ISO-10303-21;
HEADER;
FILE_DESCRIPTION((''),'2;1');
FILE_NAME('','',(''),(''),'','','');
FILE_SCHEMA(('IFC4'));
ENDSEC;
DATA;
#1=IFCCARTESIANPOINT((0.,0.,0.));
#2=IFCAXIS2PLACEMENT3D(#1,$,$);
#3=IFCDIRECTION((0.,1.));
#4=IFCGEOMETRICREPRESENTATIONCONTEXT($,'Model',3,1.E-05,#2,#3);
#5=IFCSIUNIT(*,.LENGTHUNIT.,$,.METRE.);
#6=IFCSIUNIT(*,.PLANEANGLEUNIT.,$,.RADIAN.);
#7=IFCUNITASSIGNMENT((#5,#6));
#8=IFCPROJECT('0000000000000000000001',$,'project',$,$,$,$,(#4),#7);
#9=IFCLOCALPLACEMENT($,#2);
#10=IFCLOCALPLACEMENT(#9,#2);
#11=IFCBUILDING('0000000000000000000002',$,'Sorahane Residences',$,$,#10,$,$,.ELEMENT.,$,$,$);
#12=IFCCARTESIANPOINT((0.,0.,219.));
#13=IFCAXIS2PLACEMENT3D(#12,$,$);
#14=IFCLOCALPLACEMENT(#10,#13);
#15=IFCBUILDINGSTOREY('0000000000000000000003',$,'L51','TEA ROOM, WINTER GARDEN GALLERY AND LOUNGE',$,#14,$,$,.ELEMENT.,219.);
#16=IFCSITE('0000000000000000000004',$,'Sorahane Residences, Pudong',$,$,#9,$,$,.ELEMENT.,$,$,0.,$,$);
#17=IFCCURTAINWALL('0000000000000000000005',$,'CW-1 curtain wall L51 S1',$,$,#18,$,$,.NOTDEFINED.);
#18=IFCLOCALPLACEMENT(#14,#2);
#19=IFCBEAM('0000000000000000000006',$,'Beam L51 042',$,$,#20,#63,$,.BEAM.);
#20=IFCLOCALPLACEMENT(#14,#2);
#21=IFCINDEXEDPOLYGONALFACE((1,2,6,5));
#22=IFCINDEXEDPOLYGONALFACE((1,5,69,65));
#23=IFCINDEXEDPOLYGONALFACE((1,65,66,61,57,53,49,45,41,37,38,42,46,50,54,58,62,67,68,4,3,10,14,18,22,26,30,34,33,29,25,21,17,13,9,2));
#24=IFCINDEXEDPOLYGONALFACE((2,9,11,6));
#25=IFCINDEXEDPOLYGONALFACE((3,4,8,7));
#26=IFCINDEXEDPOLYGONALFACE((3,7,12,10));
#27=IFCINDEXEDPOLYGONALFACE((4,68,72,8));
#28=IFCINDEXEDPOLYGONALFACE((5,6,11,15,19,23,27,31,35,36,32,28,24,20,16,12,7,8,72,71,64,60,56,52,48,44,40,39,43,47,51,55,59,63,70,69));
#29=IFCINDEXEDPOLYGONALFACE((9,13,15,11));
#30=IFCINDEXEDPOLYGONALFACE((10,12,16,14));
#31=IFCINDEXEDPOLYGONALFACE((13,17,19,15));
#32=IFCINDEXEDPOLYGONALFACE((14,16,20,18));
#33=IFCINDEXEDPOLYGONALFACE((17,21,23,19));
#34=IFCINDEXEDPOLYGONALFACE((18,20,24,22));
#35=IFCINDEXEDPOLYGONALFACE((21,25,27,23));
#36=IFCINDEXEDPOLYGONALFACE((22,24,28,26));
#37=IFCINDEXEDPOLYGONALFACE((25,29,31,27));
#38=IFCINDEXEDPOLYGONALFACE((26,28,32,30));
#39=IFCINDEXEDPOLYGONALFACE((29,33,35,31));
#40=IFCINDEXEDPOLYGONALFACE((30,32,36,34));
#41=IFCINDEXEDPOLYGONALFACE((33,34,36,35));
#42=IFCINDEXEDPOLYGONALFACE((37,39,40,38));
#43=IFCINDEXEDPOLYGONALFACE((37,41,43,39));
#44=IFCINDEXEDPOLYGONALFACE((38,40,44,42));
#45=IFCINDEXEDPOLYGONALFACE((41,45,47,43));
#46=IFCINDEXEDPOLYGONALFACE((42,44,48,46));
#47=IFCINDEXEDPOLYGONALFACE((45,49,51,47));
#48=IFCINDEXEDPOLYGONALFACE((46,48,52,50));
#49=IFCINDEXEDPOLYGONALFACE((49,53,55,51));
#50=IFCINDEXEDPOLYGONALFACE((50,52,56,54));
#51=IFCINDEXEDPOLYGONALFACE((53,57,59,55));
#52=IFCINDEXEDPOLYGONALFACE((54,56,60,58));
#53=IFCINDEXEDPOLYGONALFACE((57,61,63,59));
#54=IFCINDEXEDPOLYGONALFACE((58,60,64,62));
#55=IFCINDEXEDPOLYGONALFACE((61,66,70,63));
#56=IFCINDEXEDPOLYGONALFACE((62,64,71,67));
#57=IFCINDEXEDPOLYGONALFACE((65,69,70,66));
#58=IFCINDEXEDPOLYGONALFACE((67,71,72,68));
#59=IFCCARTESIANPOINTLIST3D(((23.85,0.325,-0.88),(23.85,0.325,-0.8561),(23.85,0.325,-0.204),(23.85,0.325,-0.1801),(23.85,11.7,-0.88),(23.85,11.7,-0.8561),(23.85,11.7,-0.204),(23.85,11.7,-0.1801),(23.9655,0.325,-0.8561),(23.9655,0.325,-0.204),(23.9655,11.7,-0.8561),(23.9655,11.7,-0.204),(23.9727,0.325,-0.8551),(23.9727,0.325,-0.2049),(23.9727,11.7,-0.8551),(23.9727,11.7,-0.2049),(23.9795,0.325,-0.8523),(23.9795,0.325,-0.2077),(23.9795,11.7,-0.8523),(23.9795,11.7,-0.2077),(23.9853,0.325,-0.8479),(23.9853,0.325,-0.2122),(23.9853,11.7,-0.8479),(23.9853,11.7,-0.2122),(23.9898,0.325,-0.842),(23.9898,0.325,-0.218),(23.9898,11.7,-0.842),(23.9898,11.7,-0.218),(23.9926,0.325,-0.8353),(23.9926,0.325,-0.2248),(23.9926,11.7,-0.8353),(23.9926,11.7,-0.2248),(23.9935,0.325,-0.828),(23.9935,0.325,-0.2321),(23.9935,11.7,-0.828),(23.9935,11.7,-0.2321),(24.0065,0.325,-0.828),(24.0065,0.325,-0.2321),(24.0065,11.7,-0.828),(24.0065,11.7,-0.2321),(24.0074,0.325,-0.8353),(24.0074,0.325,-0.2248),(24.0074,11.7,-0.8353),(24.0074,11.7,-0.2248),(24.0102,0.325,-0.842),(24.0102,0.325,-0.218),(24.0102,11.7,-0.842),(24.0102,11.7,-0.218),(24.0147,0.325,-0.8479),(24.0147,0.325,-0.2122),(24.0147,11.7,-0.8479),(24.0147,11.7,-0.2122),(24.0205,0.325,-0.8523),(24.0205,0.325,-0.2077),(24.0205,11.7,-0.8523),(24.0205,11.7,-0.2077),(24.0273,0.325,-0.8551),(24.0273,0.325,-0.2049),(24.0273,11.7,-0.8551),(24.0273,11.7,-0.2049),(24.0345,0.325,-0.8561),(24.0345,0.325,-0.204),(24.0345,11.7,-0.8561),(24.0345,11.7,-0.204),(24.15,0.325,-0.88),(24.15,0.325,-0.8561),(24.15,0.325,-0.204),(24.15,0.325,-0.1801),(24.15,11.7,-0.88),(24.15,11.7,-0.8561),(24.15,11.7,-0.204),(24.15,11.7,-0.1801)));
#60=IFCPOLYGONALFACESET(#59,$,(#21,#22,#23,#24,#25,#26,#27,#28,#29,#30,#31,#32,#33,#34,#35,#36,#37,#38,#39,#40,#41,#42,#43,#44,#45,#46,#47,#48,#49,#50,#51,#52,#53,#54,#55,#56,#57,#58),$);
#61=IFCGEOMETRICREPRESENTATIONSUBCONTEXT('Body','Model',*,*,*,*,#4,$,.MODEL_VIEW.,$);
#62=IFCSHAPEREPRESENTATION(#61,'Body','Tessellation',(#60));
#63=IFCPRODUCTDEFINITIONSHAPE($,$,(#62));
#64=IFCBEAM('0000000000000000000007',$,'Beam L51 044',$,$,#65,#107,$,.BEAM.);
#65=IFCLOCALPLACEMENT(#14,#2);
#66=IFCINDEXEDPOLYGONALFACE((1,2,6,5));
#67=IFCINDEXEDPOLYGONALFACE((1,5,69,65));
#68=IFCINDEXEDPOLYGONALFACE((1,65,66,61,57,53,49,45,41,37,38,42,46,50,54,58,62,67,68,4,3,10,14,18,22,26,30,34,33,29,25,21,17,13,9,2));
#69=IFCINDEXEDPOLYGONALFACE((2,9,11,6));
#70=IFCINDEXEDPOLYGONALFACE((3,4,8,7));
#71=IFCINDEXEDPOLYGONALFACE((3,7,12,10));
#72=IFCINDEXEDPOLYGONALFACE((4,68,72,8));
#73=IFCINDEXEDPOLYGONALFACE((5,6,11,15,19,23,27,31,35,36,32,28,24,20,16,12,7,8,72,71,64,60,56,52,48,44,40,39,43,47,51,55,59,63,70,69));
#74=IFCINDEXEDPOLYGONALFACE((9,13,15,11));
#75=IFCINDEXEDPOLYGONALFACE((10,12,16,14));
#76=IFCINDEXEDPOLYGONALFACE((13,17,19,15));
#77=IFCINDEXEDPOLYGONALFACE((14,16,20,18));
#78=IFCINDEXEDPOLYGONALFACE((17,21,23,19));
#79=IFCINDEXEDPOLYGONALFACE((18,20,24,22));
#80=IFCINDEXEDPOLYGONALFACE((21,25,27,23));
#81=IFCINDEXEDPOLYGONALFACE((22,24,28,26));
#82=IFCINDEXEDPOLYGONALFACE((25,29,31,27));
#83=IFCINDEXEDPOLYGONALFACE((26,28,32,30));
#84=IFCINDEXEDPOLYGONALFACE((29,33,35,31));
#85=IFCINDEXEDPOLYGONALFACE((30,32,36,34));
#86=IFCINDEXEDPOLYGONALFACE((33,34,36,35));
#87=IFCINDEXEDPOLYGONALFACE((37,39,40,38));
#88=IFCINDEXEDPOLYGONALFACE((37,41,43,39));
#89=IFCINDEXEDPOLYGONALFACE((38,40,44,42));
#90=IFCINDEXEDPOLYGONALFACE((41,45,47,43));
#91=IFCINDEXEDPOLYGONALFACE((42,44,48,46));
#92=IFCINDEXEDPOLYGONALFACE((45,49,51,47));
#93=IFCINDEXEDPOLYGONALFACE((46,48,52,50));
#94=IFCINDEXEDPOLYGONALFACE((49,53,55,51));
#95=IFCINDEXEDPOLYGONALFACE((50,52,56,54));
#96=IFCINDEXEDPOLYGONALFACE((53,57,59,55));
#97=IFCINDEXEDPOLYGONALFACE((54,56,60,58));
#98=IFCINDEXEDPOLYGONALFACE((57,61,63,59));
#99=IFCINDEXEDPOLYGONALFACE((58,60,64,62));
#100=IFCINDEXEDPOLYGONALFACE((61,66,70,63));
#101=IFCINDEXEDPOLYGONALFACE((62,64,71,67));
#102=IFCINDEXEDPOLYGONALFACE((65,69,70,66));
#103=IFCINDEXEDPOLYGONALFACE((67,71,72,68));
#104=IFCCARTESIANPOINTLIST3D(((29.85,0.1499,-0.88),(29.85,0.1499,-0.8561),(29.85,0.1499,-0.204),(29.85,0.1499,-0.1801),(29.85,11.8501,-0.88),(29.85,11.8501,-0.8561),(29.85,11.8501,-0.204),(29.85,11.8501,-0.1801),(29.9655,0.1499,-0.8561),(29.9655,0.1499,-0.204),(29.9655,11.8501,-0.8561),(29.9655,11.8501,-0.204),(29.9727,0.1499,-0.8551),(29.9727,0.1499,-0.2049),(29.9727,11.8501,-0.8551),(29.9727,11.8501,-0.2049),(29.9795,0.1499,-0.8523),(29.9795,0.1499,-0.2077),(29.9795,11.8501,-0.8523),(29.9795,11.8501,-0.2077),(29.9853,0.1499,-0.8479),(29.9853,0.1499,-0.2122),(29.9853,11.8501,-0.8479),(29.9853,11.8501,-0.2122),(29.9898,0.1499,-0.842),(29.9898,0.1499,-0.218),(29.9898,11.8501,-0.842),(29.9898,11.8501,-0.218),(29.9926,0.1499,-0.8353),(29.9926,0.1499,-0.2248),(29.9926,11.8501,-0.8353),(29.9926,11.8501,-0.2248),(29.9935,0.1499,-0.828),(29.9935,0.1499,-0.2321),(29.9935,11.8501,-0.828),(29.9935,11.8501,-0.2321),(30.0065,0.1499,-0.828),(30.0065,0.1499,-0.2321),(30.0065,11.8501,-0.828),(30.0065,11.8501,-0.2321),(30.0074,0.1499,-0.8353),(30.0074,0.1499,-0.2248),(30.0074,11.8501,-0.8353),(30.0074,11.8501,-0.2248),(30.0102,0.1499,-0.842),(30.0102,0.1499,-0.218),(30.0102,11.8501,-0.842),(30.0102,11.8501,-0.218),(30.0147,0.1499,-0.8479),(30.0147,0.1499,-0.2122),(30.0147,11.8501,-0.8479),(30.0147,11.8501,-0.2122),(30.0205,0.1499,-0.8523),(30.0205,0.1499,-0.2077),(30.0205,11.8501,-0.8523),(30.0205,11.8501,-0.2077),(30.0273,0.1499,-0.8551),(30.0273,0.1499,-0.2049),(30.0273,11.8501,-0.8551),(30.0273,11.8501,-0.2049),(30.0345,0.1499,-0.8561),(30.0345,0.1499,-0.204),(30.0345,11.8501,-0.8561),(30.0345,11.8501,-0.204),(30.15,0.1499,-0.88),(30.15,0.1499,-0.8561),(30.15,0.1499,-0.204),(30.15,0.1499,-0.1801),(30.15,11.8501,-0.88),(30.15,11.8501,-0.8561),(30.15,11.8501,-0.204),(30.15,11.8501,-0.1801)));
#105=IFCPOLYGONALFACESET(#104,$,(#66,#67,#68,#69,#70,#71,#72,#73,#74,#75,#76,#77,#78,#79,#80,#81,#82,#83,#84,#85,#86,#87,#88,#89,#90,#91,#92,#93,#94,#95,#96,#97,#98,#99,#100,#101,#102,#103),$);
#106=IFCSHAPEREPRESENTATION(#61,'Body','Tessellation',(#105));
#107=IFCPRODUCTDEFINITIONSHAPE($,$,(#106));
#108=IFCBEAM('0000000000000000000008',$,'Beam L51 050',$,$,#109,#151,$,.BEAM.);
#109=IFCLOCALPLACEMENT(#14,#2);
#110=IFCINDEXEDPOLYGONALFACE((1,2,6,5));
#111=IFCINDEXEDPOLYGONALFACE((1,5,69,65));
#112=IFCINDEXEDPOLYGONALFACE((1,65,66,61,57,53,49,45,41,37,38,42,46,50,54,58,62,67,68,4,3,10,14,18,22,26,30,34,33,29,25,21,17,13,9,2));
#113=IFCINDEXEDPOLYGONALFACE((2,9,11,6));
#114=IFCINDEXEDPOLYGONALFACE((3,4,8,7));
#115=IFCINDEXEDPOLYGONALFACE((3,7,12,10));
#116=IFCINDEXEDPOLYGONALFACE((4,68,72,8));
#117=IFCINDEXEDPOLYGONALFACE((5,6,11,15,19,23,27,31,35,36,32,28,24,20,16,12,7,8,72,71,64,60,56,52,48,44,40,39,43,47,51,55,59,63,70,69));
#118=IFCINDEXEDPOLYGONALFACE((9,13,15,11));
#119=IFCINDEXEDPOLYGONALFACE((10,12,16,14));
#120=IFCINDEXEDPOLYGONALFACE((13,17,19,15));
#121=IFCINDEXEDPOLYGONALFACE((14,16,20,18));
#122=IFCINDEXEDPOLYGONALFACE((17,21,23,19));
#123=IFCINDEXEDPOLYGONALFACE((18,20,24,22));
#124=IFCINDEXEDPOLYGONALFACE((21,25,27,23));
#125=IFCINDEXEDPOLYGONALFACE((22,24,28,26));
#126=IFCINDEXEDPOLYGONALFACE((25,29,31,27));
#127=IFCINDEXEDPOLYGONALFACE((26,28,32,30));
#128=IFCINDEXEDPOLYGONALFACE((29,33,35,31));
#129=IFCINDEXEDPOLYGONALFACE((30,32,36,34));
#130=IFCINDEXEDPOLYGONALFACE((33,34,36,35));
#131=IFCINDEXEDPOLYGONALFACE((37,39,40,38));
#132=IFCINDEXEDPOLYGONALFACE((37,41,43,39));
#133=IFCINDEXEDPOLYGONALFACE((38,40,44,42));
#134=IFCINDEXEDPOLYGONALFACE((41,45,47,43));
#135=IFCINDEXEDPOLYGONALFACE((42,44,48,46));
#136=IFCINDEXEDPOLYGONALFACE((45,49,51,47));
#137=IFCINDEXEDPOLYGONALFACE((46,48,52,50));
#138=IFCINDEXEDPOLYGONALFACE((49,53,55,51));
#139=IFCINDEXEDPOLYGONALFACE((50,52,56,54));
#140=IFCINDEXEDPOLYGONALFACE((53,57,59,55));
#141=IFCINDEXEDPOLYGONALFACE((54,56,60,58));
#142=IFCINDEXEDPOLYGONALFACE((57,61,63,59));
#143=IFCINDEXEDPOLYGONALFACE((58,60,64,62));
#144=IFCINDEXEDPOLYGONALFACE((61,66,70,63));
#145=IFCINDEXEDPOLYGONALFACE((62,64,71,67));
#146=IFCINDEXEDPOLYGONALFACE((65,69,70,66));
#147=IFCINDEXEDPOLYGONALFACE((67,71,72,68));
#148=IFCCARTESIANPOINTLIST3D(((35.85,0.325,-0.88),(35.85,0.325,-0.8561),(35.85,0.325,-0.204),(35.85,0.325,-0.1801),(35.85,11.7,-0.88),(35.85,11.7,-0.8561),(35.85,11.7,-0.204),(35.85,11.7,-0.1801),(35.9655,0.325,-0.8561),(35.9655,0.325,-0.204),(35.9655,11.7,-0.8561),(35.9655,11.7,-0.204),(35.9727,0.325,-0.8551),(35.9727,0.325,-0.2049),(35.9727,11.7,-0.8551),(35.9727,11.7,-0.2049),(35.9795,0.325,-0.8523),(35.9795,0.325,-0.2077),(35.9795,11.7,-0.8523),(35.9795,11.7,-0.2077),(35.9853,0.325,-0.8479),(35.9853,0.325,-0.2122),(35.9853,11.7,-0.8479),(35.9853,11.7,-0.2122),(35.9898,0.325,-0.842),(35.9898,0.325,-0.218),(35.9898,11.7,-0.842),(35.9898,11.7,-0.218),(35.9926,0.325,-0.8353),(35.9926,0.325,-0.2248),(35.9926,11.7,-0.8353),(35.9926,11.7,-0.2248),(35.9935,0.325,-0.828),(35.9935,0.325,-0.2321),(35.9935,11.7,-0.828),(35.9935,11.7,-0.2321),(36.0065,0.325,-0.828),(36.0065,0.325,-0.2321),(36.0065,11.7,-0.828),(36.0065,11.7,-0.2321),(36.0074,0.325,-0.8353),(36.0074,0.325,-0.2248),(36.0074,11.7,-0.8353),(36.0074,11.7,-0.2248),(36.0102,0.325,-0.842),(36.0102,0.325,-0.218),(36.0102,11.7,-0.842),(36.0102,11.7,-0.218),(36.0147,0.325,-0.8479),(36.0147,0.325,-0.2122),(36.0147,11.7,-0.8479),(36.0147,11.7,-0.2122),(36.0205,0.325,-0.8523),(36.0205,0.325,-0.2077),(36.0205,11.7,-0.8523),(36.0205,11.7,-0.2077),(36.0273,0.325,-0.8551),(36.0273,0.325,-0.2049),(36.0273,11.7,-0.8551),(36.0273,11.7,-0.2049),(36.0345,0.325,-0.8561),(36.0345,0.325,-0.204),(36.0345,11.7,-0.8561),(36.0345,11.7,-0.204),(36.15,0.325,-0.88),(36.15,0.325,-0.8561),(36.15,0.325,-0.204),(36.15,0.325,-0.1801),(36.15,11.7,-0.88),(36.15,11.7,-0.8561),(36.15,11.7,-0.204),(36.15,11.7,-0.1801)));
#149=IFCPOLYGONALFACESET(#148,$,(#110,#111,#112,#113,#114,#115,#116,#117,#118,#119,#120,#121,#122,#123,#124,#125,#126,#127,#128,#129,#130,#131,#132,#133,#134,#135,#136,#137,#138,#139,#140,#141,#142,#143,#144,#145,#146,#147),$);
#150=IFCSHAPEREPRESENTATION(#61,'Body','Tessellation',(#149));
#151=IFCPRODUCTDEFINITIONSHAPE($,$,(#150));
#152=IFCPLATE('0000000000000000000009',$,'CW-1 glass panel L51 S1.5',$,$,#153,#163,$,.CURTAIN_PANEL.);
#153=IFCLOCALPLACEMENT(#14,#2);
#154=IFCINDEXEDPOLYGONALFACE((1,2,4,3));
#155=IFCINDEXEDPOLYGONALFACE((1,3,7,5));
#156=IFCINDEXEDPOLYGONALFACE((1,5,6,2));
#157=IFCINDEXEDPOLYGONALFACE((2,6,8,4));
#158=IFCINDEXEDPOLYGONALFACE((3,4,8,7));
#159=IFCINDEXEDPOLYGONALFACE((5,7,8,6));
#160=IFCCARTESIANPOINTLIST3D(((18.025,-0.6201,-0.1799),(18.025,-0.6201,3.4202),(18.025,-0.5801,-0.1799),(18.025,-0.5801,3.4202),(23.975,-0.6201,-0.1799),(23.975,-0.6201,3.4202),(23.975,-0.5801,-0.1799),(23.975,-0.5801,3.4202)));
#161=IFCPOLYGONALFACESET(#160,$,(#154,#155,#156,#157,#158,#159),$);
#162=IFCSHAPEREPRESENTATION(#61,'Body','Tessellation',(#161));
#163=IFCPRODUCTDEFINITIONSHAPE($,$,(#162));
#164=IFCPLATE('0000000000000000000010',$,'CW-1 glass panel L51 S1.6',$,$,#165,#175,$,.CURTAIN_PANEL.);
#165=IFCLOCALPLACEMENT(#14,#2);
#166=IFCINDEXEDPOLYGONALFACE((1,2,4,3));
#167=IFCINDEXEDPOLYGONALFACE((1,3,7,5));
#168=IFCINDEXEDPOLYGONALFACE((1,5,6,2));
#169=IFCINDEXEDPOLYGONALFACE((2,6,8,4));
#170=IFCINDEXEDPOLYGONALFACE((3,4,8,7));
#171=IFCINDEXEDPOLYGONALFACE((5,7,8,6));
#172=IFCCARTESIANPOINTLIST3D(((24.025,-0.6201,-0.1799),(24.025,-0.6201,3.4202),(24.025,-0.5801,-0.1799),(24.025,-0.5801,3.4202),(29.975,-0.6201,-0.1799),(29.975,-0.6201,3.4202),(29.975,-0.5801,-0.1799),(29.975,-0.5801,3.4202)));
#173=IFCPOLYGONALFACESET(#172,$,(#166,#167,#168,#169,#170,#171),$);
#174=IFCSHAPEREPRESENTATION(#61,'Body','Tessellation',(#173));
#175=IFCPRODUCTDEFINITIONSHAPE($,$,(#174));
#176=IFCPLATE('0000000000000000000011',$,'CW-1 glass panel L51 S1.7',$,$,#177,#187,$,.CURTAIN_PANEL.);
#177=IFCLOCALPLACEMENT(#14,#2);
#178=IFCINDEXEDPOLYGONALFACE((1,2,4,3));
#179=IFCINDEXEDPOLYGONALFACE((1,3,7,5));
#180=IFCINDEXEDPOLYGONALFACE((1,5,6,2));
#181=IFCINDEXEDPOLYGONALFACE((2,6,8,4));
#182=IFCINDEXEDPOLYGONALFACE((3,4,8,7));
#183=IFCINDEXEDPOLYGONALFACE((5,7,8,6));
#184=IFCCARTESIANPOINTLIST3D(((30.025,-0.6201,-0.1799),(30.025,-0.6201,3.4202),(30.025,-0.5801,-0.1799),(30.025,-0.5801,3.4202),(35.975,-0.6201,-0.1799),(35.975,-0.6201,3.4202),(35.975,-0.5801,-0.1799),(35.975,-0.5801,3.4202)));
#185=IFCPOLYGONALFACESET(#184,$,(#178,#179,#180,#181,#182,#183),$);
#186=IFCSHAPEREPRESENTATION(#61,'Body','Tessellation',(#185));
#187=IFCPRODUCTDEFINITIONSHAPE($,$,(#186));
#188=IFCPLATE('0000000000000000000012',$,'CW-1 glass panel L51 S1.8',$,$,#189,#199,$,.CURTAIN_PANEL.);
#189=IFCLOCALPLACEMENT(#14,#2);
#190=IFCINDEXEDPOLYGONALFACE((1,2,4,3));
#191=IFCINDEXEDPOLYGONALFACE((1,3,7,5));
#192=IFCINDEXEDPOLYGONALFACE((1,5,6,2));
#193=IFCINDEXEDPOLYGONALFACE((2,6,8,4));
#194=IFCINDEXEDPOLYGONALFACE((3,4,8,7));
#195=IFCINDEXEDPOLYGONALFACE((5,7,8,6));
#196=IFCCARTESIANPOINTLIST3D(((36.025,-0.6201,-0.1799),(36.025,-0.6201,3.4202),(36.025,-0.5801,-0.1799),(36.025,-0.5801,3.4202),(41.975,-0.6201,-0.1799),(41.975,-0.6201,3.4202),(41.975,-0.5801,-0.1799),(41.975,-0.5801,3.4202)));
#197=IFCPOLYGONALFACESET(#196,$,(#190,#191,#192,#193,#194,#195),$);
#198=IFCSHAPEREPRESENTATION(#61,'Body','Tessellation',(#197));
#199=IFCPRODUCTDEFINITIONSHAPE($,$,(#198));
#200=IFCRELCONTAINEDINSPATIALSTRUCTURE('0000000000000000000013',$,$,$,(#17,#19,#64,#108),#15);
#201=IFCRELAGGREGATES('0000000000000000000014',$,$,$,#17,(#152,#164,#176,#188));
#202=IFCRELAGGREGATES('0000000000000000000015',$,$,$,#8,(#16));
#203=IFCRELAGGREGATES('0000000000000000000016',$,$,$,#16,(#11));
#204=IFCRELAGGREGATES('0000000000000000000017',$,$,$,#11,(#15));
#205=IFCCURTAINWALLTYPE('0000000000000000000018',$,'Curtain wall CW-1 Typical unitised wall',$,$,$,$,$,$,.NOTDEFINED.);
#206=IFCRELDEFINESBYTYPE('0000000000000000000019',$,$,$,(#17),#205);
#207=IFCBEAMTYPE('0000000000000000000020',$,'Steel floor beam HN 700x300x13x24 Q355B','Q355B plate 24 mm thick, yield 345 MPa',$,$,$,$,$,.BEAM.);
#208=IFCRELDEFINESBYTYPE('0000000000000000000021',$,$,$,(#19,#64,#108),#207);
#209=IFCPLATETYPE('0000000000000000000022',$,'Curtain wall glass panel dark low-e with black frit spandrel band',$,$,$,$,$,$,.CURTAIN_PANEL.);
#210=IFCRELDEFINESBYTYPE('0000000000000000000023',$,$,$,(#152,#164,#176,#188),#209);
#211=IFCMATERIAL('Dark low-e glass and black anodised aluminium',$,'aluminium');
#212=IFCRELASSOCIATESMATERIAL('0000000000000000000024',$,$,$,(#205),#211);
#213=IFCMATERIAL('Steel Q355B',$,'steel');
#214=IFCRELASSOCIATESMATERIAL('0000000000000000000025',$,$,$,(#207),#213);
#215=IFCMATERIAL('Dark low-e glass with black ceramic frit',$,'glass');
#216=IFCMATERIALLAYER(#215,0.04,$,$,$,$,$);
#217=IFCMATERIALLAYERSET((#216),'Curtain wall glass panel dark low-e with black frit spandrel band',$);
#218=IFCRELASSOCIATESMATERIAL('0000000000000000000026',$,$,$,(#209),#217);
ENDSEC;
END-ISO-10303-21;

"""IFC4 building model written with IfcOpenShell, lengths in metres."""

from ifc_helpers import new_model, si_unit, direction, frame, origin, origin_2d, place, context, subcontext, project, spatial, rectangle, i_section, extrude, material, layer, layer_set, material_profile, profile_set, type_object, element, aggregate, save


model = new_model("IFC4")

# Units and contexts
model_context = context("Model", 3, precision=1e-05, world=origin(), true_north=direction((0.0, 1.0)))
body_context = subcontext(model_context, "Body", "Model", "MODEL_VIEW")
ifc_project = project(units=[si_unit("LENGTHUNIT", "METRE"), si_unit("PLANEANGLEUNIT", "RADIAN")], contexts=[model_context])

# Site, building, storey
site_placement = place(None, origin())
site = spatial("IfcSite", under=ifc_project, at=site_placement, Name="Sorahane Residences, Pudong", CompositionType="ELEMENT", RefElevation=0.0)
building_placement = place(site_placement, origin())
building = spatial("IfcBuilding", under=site, at=building_placement, Name="Sorahane Residences", CompositionType="ELEMENT")
storey_placement = place(building_placement, frame((0.0, 0.0, 219.0)))
storey = spatial("IfcBuildingStorey", under=building, at=storey_placement, Name="L51", Description="TEA ROOM, WINTER GARDEN GALLERY AND LOUNGE", CompositionType="ELEMENT", Elevation=219.0)

# Curtain wall
ifc_material_1 = material(Name="Dark low-e glass and black anodised aluminium", Category="aluminium")
curtain_wall_type = type_object("IfcCurtainWallType", Name="Curtain wall CW-1 Typical unitised wall", PredefinedType="NOTDEFINED", material=ifc_material_1)
curtain_wall_placement = place(storey_placement, origin())
curtain_wall = element("IfcCurtainWall", 1, at=curtain_wall_placement, inside=storey, type_object=curtain_wall_type, Name="CW-1 curtain wall L51 S1", PredefinedType="NOTDEFINED")

# Beams
ifc_material_2 = material(Name="Steel Q355B", Category="steel")
ifc_material_profile_1 = material_profile(ifc_material_2, i_section(OverallWidth=0.3, OverallDepth=0.7, WebThickness=0.0129, FlangeThickness=0.0239, FilletRadius=0.0281, at=origin_2d()), Name="HN 700x300x13x24")
ifc_profile_set_1 = profile_set([ifc_material_profile_1], Name="Steel Q355B")
beam_type_1 = type_object("IfcBeamType", Name="Steel floor beam HN 700x300x13x24 Q355B", Description="Q355B plate 24 mm thick, yield 345 MPa", PredefinedType="BEAM", material=ifc_profile_set_1)
beam_1_placement = place(storey_placement, frame((24.0, 0.325, -0.53), z_axis=(0.0, 1.0, 0.0), x_axis=(-1.0, 0.0, 0.0)))
element("IfcBeam", 2, at=beam_1_placement, inside=storey, type_object=beam_type_1, Name="Beam L51 042", PredefinedType="BEAM", context=body_context, shape_type="SweptSolid", body=[
    extrude(i_section(OverallWidth=0.3, OverallDepth=0.7, WebThickness=0.0129, FlangeThickness=0.0239, FilletRadius=0.0281, at=origin_2d()), origin(), (0.0, 0.0, 1.0), 11.375),
])
beam_2_placement = place(storey_placement, frame((30.0, 0.1499, -0.53), z_axis=(0.0, 1.0, 0.0), x_axis=(-1.0, 0.0, 0.0)))
element("IfcBeam", 3, at=beam_2_placement, inside=storey, type_object=beam_type_1, Name="Beam L51 044", PredefinedType="BEAM", context=body_context, shape_type="SweptSolid", body=[
    extrude(i_section(OverallWidth=0.3, OverallDepth=0.7, WebThickness=0.0129, FlangeThickness=0.0239, FilletRadius=0.0281, at=origin_2d()), origin(), (0.0, 0.0, 1.0), 11.7002),
])
beam_3_placement = place(storey_placement, frame((36.0, 0.325, -0.53), z_axis=(0.0, 1.0, 0.0), x_axis=(-1.0, 0.0, 0.0)))
element("IfcBeam", 4, at=beam_3_placement, inside=storey, type_object=beam_type_1, Name="Beam L51 050", PredefinedType="BEAM", context=body_context, shape_type="SweptSolid", body=[
    extrude(i_section(OverallWidth=0.3, OverallDepth=0.7, WebThickness=0.0129, FlangeThickness=0.0239, FilletRadius=0.0281, at=origin_2d()), origin(), (0.0, 0.0, 1.0), 11.375),
])

# Plates
ifc_material_3 = material(Name="Dark low-e glass with black ceramic frit", Category="glass")
ifc_layer_1 = layer(ifc_material_3, 0.04)
ifc_layer_set_1 = layer_set([ifc_layer_1], Name="Curtain wall glass panel dark low-e with black frit spandrel band")
plate_type = type_object("IfcPlateType", Name="Curtain wall glass panel dark low-e with black frit spandrel band", PredefinedType="CURTAIN_PANEL", material=ifc_layer_set_1)
plate_1_placement = place(storey_placement, frame((21.0, -0.6001, -0.1799), z_axis=(0.0, 0.0, 1.0), x_axis=(1.0, 0.0, 0.0)))
plate_1 = element("IfcPlate", 5, at=plate_1_placement, type_object=plate_type, Name="CW-1 glass panel L51 S1.5", PredefinedType="CURTAIN_PANEL", context=body_context, shape_type="SweptSolid", body=[
    extrude(rectangle(XDim=5.95, YDim=0.04, at=origin_2d()), origin(), (0.0, 0.0, 1.0), 3.6001),
])
plate_2_placement = place(storey_placement, frame((27.0, -0.6001, -0.1799), z_axis=(0.0, 0.0, 1.0), x_axis=(1.0, 0.0, 0.0)))
plate_2 = element("IfcPlate", 6, at=plate_2_placement, type_object=plate_type, Name="CW-1 glass panel L51 S1.6", PredefinedType="CURTAIN_PANEL", context=body_context, shape_type="SweptSolid", body=[
    extrude(rectangle(XDim=5.95, YDim=0.04, at=origin_2d()), origin(), (0.0, 0.0, 1.0), 3.6001),
])
plate_3_placement = place(storey_placement, frame((33.0, -0.6001, -0.1799), z_axis=(0.0, 0.0, 1.0), x_axis=(1.0, 0.0, 0.0)))
plate_3 = element("IfcPlate", 7, at=plate_3_placement, type_object=plate_type, Name="CW-1 glass panel L51 S1.7", PredefinedType="CURTAIN_PANEL", context=body_context, shape_type="SweptSolid", body=[
    extrude(rectangle(XDim=5.95, YDim=0.04, at=origin_2d()), origin(), (0.0, 0.0, 1.0), 3.6001),
])
plate_4_placement = place(storey_placement, frame((39.0, -0.6001, -0.1799), z_axis=(0.0, 0.0, 1.0), x_axis=(1.0, 0.0, 0.0)))
plate_4 = element("IfcPlate", 8, at=plate_4_placement, type_object=plate_type, Name="CW-1 glass panel L51 S1.8", PredefinedType="CURTAIN_PANEL", context=body_context, shape_type="SweptSolid", body=[
    extrude(rectangle(XDim=5.95, YDim=0.04, at=origin_2d()), origin(), (0.0, 0.0, 1.0), 3.6001),
])
aggregate(curtain_wall, [plate_1, plate_2, plate_3, plate_4])

save(model, "model.ifc")
